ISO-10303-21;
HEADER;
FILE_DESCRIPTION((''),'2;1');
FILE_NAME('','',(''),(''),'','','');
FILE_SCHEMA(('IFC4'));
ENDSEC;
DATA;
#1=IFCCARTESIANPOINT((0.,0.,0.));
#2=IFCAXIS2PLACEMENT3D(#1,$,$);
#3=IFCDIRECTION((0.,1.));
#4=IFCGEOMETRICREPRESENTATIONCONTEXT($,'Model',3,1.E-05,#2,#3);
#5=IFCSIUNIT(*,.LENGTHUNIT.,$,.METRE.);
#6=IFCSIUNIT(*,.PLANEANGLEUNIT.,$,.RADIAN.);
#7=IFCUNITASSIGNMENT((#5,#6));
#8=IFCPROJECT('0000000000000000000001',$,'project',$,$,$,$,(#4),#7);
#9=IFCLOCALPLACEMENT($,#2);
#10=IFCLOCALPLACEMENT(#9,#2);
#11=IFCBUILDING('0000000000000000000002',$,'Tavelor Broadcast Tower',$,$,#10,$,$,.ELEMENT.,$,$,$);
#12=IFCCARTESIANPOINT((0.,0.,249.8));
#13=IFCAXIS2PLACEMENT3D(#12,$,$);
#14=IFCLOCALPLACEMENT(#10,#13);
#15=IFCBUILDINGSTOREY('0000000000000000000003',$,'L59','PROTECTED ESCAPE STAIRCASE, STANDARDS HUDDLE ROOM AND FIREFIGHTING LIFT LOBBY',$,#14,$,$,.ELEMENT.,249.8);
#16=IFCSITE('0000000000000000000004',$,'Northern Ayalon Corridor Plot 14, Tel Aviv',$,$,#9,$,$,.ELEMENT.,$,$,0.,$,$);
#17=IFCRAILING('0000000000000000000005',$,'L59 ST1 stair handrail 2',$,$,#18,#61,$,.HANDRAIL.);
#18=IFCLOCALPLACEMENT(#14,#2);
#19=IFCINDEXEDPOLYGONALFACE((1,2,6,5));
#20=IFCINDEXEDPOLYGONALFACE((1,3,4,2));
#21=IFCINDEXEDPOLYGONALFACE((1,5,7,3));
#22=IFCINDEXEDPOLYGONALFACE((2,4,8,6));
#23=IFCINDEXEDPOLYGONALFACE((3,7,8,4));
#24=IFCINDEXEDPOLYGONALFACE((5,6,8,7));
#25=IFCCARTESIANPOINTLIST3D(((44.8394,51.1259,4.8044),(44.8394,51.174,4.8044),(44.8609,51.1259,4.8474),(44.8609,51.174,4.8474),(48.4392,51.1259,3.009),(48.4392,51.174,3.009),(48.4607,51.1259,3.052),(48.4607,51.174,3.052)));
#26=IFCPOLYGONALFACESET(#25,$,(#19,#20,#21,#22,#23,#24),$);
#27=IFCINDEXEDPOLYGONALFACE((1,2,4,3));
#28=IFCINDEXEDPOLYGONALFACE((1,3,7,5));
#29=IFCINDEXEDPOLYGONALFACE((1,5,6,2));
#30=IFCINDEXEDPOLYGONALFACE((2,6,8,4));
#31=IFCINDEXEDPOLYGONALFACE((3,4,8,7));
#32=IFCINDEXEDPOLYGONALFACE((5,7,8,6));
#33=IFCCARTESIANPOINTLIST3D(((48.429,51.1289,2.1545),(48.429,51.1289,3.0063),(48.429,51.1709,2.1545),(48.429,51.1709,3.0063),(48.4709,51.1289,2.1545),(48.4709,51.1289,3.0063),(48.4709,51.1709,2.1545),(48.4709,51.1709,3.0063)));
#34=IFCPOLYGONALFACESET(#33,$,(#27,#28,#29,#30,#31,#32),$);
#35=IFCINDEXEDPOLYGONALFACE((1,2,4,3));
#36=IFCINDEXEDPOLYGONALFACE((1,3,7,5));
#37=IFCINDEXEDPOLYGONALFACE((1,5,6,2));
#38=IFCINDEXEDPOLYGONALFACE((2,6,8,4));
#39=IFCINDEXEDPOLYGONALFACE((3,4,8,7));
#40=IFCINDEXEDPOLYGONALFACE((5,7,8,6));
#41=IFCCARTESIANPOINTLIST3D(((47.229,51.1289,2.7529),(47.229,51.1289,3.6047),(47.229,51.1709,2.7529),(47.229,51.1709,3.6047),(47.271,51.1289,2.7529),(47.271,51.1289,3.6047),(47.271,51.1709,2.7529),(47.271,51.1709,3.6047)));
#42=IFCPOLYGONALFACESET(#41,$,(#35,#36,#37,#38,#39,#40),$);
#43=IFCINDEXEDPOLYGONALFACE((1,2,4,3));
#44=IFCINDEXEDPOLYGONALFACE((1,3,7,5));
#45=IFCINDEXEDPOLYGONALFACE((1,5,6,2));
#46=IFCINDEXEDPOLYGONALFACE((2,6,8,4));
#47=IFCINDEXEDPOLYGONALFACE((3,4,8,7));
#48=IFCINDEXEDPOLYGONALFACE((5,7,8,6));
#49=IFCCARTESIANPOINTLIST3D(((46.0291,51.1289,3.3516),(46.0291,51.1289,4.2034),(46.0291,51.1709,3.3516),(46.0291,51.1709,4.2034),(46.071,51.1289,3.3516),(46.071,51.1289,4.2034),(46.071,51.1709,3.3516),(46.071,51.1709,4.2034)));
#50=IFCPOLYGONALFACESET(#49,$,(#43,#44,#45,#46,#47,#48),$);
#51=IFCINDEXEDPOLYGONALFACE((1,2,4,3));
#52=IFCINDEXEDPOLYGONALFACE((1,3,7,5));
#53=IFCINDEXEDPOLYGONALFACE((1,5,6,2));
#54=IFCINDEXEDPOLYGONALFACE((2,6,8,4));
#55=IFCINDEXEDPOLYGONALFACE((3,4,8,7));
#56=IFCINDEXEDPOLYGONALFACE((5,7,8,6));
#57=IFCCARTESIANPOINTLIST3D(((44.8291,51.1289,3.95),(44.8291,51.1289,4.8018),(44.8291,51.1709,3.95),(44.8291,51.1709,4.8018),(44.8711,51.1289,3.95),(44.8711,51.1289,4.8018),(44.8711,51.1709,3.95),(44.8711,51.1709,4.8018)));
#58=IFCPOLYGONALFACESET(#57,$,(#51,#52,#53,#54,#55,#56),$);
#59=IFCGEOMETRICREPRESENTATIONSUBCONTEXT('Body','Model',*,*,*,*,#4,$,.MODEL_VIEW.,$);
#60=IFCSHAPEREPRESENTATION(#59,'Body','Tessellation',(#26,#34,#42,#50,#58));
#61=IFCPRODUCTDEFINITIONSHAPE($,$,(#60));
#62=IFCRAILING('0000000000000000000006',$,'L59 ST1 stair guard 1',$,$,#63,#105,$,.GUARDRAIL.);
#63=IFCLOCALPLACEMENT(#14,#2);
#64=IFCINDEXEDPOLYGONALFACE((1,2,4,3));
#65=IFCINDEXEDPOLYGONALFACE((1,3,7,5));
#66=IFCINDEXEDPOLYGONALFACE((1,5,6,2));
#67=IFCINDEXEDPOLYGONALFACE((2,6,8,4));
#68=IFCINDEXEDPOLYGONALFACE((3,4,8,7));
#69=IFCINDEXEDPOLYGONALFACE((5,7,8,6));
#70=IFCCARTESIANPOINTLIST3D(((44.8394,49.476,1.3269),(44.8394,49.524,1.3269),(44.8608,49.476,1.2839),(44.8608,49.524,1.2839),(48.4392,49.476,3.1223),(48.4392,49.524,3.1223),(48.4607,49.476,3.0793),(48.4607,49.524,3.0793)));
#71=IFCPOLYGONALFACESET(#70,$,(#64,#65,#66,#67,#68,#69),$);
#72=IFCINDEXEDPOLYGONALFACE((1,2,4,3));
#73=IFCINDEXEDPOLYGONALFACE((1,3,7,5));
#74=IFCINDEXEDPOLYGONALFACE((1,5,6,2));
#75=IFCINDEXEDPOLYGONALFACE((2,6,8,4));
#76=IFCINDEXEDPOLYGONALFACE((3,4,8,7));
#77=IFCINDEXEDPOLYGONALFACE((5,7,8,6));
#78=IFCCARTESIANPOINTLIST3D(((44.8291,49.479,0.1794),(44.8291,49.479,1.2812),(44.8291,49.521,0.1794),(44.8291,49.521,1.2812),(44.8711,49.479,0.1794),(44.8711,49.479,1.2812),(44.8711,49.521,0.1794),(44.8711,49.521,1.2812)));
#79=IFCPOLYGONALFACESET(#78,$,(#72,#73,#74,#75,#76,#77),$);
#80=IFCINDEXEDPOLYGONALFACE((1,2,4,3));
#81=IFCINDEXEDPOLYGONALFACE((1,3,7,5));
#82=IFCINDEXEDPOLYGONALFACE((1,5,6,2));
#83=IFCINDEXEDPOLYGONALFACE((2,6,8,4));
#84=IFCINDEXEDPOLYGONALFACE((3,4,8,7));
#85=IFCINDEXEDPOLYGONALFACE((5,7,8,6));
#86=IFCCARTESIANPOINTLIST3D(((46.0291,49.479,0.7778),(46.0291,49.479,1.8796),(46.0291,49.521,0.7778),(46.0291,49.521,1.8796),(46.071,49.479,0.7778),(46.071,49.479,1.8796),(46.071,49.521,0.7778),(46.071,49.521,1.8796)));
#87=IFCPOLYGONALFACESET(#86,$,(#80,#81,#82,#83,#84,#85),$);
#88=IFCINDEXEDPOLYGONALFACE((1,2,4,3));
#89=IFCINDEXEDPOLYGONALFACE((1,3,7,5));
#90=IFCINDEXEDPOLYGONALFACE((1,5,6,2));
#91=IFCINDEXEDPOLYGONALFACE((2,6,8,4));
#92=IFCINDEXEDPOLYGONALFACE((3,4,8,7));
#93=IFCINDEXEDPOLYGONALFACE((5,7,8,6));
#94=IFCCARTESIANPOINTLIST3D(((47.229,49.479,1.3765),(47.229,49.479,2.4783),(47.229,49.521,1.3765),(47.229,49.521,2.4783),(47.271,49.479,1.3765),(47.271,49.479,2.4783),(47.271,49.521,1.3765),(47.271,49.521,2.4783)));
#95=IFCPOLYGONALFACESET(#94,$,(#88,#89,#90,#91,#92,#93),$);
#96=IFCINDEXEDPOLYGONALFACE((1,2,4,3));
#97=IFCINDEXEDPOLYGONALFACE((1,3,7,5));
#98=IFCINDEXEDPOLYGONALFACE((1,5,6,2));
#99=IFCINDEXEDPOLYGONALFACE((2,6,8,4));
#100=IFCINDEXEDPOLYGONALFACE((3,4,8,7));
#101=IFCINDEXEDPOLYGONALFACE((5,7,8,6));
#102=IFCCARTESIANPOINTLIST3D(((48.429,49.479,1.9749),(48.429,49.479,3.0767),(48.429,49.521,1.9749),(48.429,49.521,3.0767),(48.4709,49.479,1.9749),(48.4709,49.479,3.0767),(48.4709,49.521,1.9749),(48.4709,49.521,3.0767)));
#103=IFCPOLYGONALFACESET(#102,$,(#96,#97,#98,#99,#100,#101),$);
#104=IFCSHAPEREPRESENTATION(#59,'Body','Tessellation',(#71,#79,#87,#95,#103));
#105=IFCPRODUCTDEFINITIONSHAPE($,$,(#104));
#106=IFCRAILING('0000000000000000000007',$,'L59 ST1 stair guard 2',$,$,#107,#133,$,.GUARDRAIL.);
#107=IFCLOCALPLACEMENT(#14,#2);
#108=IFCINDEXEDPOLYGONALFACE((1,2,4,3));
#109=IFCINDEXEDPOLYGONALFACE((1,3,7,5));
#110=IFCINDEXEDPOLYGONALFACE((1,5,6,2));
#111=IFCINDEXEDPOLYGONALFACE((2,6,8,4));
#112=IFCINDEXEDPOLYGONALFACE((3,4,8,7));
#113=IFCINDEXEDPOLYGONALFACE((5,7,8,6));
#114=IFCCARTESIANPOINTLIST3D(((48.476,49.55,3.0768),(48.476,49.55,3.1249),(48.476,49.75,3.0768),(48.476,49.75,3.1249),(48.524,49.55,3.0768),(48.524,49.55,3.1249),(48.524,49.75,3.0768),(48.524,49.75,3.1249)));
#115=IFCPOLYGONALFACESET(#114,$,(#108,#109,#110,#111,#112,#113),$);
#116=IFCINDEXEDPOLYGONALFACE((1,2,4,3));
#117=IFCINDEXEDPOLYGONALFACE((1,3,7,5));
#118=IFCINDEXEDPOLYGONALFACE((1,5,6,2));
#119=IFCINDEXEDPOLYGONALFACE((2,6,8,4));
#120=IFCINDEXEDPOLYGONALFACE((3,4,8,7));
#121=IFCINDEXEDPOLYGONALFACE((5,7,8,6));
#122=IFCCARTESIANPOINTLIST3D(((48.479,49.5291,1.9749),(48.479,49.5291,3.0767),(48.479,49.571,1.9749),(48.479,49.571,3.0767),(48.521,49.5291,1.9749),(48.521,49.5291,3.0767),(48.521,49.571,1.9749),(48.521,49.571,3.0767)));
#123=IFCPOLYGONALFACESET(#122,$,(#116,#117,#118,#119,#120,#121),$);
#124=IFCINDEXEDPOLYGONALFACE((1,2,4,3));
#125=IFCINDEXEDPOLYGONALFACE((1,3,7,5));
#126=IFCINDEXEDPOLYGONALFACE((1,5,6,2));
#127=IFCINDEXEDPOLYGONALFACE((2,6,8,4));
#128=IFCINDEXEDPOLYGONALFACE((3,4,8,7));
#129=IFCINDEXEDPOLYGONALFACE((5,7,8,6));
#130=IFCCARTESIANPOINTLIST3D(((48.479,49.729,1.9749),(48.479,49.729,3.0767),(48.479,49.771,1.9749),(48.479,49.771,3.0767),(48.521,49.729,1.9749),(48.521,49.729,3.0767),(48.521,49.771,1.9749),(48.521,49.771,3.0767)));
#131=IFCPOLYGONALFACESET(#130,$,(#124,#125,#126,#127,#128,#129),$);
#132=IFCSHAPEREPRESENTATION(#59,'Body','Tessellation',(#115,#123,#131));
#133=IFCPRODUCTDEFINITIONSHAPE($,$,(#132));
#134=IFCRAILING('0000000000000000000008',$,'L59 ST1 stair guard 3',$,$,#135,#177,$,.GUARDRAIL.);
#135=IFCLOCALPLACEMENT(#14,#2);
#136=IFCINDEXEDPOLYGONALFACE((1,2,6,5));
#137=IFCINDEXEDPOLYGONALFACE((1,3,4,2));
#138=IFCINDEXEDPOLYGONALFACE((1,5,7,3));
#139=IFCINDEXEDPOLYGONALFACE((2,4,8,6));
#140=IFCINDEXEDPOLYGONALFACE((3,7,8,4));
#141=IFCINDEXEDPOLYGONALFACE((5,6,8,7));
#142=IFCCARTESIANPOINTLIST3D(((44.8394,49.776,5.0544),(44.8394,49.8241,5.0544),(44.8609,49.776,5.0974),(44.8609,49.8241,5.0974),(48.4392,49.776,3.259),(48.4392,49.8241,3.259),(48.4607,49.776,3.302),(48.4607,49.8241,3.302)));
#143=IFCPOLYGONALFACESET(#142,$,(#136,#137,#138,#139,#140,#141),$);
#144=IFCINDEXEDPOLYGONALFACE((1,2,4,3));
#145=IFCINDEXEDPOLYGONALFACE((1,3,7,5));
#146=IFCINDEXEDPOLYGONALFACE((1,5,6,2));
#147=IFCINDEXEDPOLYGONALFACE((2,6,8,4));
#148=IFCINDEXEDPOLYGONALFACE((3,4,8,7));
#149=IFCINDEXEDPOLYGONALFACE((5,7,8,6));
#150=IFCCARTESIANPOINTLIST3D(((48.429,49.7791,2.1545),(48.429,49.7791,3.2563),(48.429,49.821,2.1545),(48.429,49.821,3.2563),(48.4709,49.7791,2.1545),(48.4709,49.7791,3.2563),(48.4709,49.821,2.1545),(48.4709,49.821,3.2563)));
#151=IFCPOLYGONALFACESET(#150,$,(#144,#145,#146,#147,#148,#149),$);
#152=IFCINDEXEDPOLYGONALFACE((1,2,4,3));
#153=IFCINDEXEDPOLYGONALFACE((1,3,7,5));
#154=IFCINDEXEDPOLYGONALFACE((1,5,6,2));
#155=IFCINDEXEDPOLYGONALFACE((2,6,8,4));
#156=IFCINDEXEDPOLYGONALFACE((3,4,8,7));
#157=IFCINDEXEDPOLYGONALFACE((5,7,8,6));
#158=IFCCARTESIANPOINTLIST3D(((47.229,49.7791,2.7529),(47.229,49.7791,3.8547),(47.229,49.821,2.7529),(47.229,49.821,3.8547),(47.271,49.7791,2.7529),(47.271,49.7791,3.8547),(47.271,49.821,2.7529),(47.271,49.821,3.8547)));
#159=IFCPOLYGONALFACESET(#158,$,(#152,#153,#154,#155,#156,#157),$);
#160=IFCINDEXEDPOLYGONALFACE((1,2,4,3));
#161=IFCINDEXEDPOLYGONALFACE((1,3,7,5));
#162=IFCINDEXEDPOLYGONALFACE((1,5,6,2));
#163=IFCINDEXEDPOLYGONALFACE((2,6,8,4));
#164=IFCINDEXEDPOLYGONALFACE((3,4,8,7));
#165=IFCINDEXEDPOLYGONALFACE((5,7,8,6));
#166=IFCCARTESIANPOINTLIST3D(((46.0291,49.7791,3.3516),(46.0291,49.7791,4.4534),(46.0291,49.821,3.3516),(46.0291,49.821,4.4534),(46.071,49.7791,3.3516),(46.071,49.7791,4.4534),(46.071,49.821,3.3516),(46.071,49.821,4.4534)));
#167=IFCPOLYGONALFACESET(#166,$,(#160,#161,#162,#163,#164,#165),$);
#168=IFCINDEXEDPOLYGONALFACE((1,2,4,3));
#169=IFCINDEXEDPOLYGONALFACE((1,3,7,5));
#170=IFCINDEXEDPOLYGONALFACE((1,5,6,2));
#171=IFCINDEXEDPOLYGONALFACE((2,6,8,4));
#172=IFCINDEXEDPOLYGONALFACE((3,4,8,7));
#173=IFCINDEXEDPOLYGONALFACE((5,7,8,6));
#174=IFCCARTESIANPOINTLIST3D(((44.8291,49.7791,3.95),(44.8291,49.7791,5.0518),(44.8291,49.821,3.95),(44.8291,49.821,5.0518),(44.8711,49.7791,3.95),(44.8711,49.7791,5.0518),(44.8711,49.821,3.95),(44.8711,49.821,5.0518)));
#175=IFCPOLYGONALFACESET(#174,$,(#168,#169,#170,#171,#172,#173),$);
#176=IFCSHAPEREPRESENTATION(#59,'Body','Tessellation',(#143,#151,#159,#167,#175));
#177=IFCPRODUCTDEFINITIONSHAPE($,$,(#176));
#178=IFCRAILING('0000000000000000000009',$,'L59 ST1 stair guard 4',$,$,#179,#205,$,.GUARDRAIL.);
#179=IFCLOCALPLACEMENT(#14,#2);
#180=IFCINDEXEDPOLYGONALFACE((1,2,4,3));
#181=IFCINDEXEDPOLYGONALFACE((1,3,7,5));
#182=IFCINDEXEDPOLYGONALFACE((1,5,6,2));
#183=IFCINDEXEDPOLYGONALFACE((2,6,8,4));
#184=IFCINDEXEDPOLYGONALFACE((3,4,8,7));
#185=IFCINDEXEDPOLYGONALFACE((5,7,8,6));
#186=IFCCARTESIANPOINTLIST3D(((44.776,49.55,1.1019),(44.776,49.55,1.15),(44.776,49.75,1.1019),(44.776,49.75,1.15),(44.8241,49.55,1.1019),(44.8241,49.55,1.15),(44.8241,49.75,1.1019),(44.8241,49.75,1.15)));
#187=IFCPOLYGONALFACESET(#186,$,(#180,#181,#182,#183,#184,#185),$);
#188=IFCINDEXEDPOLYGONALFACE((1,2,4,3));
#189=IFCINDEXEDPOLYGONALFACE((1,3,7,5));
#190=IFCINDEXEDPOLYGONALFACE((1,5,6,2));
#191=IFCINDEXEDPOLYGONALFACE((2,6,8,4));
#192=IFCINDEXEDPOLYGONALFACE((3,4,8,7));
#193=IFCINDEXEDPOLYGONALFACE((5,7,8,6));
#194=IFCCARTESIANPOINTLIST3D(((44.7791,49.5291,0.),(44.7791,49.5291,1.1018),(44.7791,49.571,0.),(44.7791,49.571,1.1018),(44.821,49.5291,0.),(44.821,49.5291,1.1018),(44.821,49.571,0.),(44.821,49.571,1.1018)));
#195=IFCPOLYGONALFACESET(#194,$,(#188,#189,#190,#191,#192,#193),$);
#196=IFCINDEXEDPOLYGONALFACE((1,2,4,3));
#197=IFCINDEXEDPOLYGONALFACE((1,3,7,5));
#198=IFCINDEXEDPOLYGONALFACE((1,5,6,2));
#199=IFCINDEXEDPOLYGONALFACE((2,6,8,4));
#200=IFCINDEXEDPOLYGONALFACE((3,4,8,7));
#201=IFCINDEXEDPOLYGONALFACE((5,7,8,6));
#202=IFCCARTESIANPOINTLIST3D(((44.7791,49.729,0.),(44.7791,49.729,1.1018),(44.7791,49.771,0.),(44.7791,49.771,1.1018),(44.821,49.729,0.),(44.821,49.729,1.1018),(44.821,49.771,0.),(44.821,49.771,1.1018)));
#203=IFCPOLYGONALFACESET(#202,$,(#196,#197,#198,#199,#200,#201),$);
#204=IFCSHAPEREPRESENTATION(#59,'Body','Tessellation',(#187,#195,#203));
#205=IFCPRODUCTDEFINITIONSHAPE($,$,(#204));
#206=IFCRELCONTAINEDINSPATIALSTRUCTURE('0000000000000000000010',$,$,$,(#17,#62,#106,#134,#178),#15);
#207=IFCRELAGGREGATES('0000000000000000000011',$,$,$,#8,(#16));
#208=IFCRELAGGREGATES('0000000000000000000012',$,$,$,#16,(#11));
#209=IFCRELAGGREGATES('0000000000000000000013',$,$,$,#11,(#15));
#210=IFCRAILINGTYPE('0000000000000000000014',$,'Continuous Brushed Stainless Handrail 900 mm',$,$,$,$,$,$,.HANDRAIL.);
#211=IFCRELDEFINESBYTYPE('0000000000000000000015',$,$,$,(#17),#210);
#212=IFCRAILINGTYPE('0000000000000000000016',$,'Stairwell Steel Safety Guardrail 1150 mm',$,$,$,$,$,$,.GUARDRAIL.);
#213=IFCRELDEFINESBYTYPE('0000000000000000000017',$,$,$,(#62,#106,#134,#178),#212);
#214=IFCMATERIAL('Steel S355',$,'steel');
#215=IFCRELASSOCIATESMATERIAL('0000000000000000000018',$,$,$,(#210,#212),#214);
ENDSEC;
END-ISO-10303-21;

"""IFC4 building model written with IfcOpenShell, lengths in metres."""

from ifc_helpers import new_model, si_unit, direction, frame, origin, origin_2d, place, context, subcontext, project, spatial, rectangle, extrude, material, type_object, element, save


model = new_model("IFC4")

# Units and contexts
model_context = context("Model", 3, precision=1e-05, world=origin(), true_north=direction((0.0, 1.0)))
body_context = subcontext(model_context, "Body", "Model", "MODEL_VIEW")
ifc_project = project(units=[si_unit("LENGTHUNIT", "METRE"), si_unit("PLANEANGLEUNIT", "RADIAN")], contexts=[model_context])

# Site, building, storey
site_placement = place(None, origin())
site = spatial("IfcSite", under=ifc_project, at=site_placement, Name="Northern Ayalon Corridor Plot 14, Tel Aviv", CompositionType="ELEMENT", RefElevation=0.0)
building_placement = place(site_placement, origin())
building = spatial("IfcBuilding", under=site, at=building_placement, Name="Tavelor Broadcast Tower", CompositionType="ELEMENT")
storey_placement = place(building_placement, frame((0.0, 0.0, 249.8)))
storey = spatial("IfcBuildingStorey", under=building, at=storey_placement, Name="L59", Description="PROTECTED ESCAPE STAIRCASE, STANDARDS HUDDLE ROOM AND FIREFIGHTING LIFT LOBBY", CompositionType="ELEMENT", Elevation=249.8)

# Shared definitions
ifc_material_1 = material(Name="Steel S355", Category="steel")

# Railings
railing_type_1 = type_object("IfcRailingType", Name="Continuous Brushed Stainless Handrail 900 mm", PredefinedType="HANDRAIL", material=ifc_material_1)
railing_1_placement = place(storey_placement, frame((48.45, 51.1499, 2.1545)))
element("IfcRailing", 1, at=railing_1_placement, inside=storey, type_object=railing_type_1, Name="L59 ST1 stair handrail 2", PredefinedType="HANDRAIL", context=body_context, shape_type="SweptSolid", body=[
    extrude(rectangle(XDim=0.0481, YDim=0.0481, at=origin_2d()), frame((0.0, 0.0, 0.876), z_axis=(-0.894876, 0.0, 0.446315), x_axis=(0.0, -1.0, 0.0)), (0.0, 0.0, 1.0), 4.0227),
    extrude(rectangle(XDim=0.042, YDim=0.042, at=origin_2d()), origin(), (0.0, 0.0, 1.0), 0.8518),
    extrude(rectangle(XDim=0.042, YDim=0.042, at=origin_2d()), frame((-1.2, 0.0, 0.5984)), (0.0, 0.0, 1.0), 0.8518),
    extrude(rectangle(XDim=0.042, YDim=0.042, at=origin_2d()), frame((-2.3999, 0.0, 1.197)), (0.0, 0.0, 1.0), 0.8518),
    extrude(rectangle(XDim=0.042, YDim=0.042, at=origin_2d()), frame((-3.5999, 0.0, 1.7954)), (0.0, 0.0, 1.0), 0.8518),
])
railing_type_2 = type_object("IfcRailingType", Name="Stairwell Steel Safety Guardrail 1150 mm", PredefinedType="GUARDRAIL", material=ifc_material_1)
railing_2_placement = place(storey_placement, frame((44.8501, 49.5, 0.1794)))
element("IfcRailing", 2, at=railing_2_placement, inside=storey, type_object=railing_type_2, Name="L59 ST1 stair guard 1", PredefinedType="GUARDRAIL", context=body_context, shape_type="SweptSolid", body=[
    extrude(rectangle(XDim=0.0481, YDim=0.0481, at=origin_2d()), frame((0.0, 0.0, 1.126), z_axis=(0.894876, 0.0, 0.446315), x_axis=(0.0, 1.0, 0.0)), (0.0, 0.0, 1.0), 4.0227),
    extrude(rectangle(XDim=0.042, YDim=0.042, at=origin_2d()), origin(), (0.0, 0.0, 1.0), 1.1018),
    extrude(rectangle(XDim=0.042, YDim=0.042, at=origin_2d()), frame((1.2, 0.0, 0.5984)), (0.0, 0.0, 1.0), 1.1018),
    extrude(rectangle(XDim=0.042, YDim=0.042, at=origin_2d()), frame((2.3999, 0.0, 1.197)), (0.0, 0.0, 1.0), 1.1018),
    extrude(rectangle(XDim=0.042, YDim=0.042, at=origin_2d()), frame((3.5999, 0.0, 1.7954)), (0.0, 0.0, 1.0), 1.1018),
])
railing_3_placement = place(storey_placement, frame((48.5, 49.55, 1.9749)))
element("IfcRailing", 3, at=railing_3_placement, inside=storey, type_object=railing_type_2, Name="L59 ST1 stair guard 2", PredefinedType="GUARDRAIL", context=body_context, shape_type="SweptSolid", body=[
    extrude(rectangle(XDim=0.0481, YDim=0.0481, at=origin_2d()), frame((0.0, 0.0, 1.126), z_axis=(0.0, 1.0, 0.0), x_axis=(-1.0, 0.0, 0.0)), (0.0, 0.0, 1.0), 0.2),
    extrude(rectangle(XDim=0.042, YDim=0.042, at=origin_2d()), origin(), (0.0, 0.0, 1.0), 1.1018),
    extrude(rectangle(XDim=0.042, YDim=0.042, at=origin_2d()), frame((0.0, 0.2, 0.0)), (0.0, 0.0, 1.0), 1.1018),
])
railing_4_placement = place(storey_placement, frame((48.45, 49.8, 2.1545)))
element("IfcRailing", 4, at=railing_4_placement, inside=storey, type_object=railing_type_2, Name="L59 ST1 stair guard 3", PredefinedType="GUARDRAIL", context=body_context, shape_type="SweptSolid", body=[
    extrude(rectangle(XDim=0.0481, YDim=0.0481, at=origin_2d()), frame((0.0, 0.0, 1.126), z_axis=(-0.894876, 0.0, 0.446315), x_axis=(0.0, -1.0, 0.0)), (0.0, 0.0, 1.0), 4.0227),
    extrude(rectangle(XDim=0.042, YDim=0.042, at=origin_2d()), origin(), (0.0, 0.0, 1.0), 1.1018),
    extrude(rectangle(XDim=0.042, YDim=0.042, at=origin_2d()), frame((-1.2, 0.0, 0.5984)), (0.0, 0.0, 1.0), 1.1018),
    extrude(rectangle(XDim=0.042, YDim=0.042, at=origin_2d()), frame((-2.3999, 0.0, 1.197)), (0.0, 0.0, 1.0), 1.1018),
    extrude(rectangle(XDim=0.042, YDim=0.042, at=origin_2d()), frame((-3.5999, 0.0, 1.7954)), (0.0, 0.0, 1.0), 1.1018),
])
railing_5_placement = place(storey_placement, frame((44.8, 49.55, 0.0)))
element("IfcRailing", 5, at=railing_5_placement, inside=storey, type_object=railing_type_2, Name="L59 ST1 stair guard 4", PredefinedType="GUARDRAIL", context=body_context, shape_type="SweptSolid", body=[
    extrude(rectangle(XDim=0.0481, YDim=0.0481, at=origin_2d()), frame((0.0, 0.0, 1.126), z_axis=(0.0, 1.0, 0.0), x_axis=(-1.0, 0.0, 0.0)), (0.0, 0.0, 1.0), 0.2),
    extrude(rectangle(XDim=0.042, YDim=0.042, at=origin_2d()), origin(), (0.0, 0.0, 1.0), 1.1018),
    extrude(rectangle(XDim=0.042, YDim=0.042, at=origin_2d()), frame((0.0, 0.2, 0.0)), (0.0, 0.0, 1.0), 1.1018),
])

save(model, "model.ifc")
